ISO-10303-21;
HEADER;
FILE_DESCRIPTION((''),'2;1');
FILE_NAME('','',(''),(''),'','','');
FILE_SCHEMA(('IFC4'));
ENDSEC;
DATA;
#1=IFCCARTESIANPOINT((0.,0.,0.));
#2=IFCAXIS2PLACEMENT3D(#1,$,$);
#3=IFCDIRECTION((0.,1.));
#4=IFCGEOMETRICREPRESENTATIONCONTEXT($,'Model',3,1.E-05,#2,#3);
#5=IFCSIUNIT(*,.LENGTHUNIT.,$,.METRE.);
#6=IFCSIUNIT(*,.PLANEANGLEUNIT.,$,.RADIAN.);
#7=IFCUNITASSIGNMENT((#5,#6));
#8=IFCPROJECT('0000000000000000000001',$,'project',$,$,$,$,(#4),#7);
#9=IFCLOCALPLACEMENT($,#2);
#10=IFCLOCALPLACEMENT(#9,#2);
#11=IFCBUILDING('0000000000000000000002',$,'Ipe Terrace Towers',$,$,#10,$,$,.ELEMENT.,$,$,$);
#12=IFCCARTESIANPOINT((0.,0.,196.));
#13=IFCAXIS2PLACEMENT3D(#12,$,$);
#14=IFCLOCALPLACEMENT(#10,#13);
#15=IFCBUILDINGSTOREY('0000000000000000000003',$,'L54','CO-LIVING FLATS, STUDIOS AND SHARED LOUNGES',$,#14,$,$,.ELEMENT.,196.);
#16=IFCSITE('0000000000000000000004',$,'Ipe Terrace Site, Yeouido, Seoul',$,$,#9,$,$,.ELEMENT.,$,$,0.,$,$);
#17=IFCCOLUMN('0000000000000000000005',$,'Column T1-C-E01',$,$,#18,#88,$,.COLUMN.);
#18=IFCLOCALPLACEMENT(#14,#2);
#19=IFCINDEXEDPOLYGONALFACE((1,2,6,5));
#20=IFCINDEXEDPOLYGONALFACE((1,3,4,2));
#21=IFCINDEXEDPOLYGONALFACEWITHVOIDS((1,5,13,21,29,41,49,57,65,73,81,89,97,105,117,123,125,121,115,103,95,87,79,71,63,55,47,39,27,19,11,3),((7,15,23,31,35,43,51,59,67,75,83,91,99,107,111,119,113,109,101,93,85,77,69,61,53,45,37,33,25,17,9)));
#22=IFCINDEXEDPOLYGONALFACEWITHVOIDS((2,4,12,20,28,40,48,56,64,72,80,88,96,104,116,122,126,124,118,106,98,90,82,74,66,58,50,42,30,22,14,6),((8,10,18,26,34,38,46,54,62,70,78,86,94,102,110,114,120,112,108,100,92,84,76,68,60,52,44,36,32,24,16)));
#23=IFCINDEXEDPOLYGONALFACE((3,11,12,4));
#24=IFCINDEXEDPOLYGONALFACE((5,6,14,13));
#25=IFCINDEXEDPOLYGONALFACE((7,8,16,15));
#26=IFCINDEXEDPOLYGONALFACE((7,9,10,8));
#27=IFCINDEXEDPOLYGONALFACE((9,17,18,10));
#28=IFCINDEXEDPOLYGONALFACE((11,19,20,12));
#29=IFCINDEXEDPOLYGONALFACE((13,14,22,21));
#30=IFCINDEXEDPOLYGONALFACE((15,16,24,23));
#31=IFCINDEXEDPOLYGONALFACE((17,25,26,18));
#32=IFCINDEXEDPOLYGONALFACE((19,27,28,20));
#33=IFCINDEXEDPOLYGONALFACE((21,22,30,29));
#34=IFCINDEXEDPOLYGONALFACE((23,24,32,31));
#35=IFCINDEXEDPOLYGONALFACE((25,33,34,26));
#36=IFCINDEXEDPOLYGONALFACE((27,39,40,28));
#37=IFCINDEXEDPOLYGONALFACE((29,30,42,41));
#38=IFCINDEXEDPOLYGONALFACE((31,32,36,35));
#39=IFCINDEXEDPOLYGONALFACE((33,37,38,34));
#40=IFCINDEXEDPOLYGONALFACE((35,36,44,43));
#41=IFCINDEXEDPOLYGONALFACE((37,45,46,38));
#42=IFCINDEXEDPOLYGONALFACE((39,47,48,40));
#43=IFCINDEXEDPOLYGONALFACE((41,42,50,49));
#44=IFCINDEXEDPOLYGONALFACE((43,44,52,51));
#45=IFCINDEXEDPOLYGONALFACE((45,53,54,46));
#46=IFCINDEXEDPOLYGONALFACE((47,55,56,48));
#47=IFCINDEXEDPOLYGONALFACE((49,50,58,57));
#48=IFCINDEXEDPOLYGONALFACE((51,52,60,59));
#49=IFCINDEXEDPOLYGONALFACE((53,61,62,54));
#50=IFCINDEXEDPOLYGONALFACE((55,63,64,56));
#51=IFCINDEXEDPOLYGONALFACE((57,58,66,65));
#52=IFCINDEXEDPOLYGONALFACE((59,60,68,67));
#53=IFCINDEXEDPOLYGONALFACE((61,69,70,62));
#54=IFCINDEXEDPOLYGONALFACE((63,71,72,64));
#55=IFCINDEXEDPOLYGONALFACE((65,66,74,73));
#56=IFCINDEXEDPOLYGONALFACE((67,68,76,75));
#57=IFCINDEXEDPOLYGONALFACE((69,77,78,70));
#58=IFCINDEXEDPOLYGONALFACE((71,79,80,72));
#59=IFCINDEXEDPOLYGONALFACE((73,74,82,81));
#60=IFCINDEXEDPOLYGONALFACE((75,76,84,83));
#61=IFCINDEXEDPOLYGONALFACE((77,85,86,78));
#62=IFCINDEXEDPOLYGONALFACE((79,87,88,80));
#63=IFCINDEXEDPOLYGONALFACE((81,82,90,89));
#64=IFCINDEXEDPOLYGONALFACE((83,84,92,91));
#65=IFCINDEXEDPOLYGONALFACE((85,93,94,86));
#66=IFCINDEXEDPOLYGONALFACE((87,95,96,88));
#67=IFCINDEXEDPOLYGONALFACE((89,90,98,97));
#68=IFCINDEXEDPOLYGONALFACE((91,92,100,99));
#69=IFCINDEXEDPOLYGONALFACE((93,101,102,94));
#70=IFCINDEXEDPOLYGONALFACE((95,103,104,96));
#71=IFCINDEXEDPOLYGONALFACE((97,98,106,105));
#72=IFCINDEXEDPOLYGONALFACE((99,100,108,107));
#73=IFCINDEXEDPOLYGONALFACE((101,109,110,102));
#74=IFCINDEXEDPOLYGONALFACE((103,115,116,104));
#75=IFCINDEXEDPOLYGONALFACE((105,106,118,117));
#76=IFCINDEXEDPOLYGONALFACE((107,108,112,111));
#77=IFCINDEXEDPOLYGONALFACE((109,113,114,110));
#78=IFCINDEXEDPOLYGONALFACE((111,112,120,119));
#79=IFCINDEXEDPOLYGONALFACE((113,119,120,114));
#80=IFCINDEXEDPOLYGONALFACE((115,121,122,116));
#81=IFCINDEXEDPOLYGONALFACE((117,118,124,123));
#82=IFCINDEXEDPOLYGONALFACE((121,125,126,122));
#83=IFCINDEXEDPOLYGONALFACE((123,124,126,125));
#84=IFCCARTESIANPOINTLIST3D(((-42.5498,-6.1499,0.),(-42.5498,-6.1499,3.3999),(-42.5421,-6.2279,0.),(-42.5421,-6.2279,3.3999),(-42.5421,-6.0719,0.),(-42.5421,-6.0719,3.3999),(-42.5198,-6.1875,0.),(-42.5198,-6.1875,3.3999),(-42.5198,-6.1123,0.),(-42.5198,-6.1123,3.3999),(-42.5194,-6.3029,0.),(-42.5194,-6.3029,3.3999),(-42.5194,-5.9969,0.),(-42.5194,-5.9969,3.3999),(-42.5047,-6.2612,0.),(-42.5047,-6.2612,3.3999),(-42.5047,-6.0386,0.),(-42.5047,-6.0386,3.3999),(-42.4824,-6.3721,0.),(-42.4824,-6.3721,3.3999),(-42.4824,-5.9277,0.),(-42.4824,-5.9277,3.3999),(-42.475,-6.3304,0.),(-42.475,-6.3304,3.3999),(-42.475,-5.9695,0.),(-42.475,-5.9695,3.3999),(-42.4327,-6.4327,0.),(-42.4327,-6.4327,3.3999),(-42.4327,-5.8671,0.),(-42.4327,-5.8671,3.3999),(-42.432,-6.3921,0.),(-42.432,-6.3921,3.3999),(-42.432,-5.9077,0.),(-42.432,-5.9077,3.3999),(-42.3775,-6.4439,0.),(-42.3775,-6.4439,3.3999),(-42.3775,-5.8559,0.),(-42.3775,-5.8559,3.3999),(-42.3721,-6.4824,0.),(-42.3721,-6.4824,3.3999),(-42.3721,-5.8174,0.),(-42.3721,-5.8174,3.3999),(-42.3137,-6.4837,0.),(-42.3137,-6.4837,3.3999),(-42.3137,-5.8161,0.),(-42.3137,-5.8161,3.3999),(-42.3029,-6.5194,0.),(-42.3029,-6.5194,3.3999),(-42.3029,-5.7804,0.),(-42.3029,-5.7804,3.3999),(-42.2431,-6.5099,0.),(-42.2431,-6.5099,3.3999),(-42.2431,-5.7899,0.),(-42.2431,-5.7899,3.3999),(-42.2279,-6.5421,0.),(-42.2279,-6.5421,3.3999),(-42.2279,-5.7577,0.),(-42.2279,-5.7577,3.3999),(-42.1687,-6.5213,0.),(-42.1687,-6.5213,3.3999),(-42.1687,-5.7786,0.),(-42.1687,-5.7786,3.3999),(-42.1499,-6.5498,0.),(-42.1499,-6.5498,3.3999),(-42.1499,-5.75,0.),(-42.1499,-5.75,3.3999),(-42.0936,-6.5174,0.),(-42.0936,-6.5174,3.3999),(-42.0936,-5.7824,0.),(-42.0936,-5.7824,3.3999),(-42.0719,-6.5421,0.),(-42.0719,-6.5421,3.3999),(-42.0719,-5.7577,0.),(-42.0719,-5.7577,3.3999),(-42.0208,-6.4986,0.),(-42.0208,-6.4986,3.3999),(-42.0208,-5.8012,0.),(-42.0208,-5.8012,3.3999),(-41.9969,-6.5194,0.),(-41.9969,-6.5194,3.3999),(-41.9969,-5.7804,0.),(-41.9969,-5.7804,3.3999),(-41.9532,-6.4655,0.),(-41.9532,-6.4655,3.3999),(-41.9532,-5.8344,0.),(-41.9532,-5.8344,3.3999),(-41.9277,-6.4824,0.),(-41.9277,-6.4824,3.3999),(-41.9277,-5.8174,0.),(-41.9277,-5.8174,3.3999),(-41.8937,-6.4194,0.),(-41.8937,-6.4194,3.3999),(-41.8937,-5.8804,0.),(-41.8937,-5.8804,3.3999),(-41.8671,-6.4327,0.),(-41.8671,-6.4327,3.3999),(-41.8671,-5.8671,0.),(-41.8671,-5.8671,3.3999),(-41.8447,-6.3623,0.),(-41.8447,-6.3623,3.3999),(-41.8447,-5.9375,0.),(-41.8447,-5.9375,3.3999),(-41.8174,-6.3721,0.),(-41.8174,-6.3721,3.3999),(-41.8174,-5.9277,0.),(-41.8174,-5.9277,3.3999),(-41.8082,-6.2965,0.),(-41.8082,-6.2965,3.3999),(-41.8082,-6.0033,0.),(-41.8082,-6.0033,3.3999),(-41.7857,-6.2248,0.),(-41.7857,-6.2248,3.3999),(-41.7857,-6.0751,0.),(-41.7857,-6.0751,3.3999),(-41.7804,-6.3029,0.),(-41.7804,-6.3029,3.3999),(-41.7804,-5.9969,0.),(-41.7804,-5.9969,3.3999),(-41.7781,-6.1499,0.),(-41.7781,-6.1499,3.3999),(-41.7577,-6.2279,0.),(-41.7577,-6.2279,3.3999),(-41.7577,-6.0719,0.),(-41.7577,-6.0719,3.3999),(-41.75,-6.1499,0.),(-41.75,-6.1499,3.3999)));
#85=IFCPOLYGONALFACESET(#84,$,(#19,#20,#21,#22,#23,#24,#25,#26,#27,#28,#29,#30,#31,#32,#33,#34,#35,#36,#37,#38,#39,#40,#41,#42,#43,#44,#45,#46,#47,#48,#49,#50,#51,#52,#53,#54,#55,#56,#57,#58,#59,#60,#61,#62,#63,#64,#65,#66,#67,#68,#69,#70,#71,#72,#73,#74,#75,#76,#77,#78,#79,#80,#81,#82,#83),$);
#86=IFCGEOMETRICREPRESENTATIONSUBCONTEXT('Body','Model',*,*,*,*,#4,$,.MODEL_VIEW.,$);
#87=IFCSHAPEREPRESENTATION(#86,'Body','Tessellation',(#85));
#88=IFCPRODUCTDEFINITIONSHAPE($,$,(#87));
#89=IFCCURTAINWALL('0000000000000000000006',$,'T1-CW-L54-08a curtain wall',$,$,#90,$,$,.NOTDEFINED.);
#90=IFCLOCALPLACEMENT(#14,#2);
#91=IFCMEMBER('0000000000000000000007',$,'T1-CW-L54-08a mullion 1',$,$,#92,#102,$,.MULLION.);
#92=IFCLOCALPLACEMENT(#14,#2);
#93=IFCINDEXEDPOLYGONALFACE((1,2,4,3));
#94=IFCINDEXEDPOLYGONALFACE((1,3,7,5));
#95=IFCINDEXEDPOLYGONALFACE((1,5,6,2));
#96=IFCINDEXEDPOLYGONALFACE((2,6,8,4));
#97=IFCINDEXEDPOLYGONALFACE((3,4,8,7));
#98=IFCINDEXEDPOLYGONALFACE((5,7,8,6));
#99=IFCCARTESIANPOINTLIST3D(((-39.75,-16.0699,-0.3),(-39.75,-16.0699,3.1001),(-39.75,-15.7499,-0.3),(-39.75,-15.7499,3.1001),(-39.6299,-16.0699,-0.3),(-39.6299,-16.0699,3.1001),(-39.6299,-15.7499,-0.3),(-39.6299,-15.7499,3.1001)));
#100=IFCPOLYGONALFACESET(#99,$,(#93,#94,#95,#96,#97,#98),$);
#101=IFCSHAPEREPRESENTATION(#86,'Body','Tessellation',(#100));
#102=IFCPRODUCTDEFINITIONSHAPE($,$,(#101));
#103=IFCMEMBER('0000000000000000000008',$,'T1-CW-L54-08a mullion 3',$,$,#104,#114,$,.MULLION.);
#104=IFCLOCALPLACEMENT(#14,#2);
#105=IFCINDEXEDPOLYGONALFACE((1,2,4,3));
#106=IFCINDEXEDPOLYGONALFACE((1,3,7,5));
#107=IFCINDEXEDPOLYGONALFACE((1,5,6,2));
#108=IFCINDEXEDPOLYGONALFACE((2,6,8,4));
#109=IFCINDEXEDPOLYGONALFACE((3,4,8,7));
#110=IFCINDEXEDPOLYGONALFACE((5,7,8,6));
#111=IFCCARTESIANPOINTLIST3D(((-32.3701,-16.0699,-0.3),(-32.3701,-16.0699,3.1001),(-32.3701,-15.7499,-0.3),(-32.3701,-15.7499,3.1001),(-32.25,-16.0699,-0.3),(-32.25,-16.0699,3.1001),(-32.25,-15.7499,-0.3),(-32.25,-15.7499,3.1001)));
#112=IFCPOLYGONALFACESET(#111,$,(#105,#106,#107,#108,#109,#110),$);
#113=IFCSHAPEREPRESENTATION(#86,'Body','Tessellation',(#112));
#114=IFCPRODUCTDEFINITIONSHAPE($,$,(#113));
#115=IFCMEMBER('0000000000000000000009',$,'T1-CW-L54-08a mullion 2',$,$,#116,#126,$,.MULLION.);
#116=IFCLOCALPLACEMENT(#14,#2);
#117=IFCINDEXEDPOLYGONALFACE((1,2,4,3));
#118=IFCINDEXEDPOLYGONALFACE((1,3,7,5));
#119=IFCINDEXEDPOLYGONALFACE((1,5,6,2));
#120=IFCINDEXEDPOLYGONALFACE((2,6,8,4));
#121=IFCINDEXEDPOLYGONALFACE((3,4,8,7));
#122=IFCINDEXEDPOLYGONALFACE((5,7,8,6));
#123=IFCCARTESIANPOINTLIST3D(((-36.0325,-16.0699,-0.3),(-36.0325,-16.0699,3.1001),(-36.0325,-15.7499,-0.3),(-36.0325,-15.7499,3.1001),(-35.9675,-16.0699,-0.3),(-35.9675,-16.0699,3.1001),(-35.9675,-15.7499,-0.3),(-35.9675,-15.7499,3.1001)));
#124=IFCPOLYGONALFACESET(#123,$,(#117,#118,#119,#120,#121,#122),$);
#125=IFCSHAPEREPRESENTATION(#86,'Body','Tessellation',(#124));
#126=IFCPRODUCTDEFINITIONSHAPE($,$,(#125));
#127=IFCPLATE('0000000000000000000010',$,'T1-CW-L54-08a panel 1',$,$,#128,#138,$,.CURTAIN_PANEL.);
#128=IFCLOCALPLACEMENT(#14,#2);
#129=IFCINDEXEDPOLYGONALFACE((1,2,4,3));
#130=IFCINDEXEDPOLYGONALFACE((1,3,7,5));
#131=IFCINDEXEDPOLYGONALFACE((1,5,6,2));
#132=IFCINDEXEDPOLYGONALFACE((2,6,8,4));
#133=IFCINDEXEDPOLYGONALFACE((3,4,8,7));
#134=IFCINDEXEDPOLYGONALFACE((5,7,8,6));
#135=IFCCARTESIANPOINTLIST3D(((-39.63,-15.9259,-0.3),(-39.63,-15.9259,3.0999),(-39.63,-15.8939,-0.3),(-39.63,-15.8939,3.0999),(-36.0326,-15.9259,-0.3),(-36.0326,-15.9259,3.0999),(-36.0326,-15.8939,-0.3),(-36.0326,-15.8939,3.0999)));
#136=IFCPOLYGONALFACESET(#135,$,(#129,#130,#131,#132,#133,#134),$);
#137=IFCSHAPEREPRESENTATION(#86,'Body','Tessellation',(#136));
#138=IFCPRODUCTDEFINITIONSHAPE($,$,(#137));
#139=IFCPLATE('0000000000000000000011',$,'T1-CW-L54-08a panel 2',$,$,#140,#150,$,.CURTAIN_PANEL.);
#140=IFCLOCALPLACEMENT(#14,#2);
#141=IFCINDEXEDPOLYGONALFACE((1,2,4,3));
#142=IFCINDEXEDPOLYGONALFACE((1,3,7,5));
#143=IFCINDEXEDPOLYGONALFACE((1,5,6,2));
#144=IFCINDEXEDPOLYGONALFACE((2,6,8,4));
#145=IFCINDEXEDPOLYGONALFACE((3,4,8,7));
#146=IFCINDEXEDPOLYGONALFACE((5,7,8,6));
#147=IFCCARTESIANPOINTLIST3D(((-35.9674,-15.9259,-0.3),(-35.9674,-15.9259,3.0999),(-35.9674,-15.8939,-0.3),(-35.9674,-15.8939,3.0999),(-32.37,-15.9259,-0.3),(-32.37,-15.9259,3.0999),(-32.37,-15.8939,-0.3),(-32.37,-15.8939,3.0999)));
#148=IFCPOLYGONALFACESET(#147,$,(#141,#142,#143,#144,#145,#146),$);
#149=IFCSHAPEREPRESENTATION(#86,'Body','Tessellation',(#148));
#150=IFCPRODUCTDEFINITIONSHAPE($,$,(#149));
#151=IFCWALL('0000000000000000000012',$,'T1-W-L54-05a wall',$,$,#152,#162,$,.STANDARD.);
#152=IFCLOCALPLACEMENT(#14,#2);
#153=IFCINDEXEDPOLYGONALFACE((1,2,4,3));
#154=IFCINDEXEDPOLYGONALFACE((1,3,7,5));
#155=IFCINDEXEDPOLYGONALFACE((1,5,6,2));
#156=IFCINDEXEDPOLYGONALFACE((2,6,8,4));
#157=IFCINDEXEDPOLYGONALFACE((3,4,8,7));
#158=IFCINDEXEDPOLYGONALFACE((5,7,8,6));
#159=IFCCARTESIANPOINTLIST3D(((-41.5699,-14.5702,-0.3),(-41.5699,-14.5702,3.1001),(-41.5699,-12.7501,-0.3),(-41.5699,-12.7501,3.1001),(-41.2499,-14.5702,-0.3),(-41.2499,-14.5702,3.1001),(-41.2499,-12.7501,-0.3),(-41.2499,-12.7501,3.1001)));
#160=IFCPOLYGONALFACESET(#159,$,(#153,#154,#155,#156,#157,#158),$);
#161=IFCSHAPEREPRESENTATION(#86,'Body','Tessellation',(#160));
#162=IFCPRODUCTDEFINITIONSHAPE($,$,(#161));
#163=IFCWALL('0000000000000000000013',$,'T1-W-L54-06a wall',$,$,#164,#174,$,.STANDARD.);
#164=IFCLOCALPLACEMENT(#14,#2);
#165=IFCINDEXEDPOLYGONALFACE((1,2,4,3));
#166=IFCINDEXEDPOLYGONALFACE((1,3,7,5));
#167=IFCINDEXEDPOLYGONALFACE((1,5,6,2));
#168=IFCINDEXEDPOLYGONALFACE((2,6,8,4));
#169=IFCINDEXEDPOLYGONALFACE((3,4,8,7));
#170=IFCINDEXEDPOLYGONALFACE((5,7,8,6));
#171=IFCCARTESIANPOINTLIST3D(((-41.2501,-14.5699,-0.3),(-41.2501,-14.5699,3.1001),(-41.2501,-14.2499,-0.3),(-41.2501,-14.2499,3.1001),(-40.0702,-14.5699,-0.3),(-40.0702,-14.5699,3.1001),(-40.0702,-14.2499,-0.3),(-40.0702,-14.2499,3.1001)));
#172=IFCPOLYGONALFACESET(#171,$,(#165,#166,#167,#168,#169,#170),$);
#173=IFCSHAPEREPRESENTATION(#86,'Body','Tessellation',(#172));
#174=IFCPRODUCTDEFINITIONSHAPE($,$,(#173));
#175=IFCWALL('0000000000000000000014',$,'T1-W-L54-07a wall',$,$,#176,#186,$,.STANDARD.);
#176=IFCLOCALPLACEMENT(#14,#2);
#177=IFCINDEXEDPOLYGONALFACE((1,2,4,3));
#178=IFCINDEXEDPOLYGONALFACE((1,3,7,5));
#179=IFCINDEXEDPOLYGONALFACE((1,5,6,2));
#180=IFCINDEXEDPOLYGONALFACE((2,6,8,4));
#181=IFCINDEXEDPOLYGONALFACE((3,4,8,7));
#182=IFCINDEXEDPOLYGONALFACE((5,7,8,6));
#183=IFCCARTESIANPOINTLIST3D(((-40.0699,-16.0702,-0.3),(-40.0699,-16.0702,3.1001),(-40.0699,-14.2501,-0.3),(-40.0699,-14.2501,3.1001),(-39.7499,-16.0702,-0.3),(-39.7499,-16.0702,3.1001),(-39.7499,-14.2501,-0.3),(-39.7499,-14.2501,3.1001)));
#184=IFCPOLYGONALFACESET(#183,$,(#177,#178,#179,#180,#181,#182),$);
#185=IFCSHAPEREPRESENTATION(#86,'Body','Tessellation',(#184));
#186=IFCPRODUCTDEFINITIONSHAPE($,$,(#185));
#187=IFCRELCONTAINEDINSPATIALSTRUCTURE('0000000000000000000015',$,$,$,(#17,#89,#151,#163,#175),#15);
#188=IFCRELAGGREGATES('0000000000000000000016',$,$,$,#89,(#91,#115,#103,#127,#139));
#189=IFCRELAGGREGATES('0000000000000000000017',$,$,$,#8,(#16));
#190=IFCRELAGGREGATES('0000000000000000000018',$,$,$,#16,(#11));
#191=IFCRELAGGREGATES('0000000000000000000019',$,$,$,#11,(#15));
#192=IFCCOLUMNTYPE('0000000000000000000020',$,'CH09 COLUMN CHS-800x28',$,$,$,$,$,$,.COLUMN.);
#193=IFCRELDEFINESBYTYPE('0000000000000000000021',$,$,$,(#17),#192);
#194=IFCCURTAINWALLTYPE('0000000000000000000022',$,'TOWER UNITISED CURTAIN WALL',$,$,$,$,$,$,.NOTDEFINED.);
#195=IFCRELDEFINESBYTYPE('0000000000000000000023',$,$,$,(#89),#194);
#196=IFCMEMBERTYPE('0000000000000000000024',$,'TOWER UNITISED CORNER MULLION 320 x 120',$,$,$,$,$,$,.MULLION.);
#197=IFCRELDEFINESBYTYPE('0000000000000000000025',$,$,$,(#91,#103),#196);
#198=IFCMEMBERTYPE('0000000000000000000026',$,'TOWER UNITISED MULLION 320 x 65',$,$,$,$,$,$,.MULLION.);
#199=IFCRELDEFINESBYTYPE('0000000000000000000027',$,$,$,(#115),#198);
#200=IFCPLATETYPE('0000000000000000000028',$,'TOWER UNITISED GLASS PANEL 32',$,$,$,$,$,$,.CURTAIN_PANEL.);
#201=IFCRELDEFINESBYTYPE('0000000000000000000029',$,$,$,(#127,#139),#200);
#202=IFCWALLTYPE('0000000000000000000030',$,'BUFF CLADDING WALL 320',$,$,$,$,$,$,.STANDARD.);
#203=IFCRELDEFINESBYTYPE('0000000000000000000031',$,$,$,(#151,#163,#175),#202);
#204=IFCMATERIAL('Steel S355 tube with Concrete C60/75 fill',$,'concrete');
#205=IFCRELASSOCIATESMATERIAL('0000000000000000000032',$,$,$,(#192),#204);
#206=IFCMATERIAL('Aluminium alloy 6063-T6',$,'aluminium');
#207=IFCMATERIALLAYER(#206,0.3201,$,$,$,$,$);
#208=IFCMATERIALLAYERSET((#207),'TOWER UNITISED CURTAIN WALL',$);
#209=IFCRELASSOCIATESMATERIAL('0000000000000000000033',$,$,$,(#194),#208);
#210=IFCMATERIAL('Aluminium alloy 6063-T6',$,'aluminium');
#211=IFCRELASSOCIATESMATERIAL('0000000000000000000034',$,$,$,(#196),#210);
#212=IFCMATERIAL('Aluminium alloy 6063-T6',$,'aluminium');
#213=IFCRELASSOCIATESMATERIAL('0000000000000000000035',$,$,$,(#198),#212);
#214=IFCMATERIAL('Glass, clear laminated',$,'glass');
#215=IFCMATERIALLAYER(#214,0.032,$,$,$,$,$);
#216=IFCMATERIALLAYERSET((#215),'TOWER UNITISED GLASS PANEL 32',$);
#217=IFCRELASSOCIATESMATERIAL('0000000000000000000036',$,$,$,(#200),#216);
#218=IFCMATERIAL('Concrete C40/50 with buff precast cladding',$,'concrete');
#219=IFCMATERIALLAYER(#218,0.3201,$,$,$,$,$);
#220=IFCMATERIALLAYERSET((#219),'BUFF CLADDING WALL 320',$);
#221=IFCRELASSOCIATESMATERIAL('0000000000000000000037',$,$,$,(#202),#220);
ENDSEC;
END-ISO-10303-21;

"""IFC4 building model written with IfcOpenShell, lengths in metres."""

from ifc_helpers import new_model, si_unit, direction, frame, frame_2d, origin, origin_2d, place, context, subcontext, project, spatial, rectangle, hollow_circle, extrude, material, layer, layer_set, material_profile, profile_set, type_object, element, aggregate, save


model = new_model("IFC4")

# Units and contexts
model_context = context("Model", 3, precision=1e-05, world=origin(), true_north=direction((0.0, 1.0)))
body_context = subcontext(model_context, "Body", "Model", "MODEL_VIEW")
ifc_project = project(units=[si_unit("LENGTHUNIT", "METRE"), si_unit("PLANEANGLEUNIT", "RADIAN")], contexts=[model_context])

# Site, building, storey
site_placement = place(None, origin())
site = spatial("IfcSite", under=ifc_project, at=site_placement, Name="Ipe Terrace Site, Yeouido, Seoul", CompositionType="ELEMENT", RefElevation=0.0)
building_placement = place(site_placement, origin())
building = spatial("IfcBuilding", under=site, at=building_placement, Name="Ipe Terrace Towers", CompositionType="ELEMENT")
storey_placement = place(building_placement, frame((0.0, 0.0, 196.0)))
storey = spatial("IfcBuildingStorey", under=building, at=storey_placement, Name="L54", Description="CO-LIVING FLATS, STUDIOS AND SHARED LOUNGES", CompositionType="ELEMENT", Elevation=196.0)

# Column
ifc_material_1 = material(Name="Steel S355 tube with Concrete C60/75 fill", Category="concrete")
ifc_material_profile_1 = material_profile(ifc_material_1, hollow_circle(Radius=0.3999, WallThickness=0.0281, at=origin_2d()), Name="CHS-800x28")
ifc_profile_set_1 = profile_set([ifc_material_profile_1], Name="Steel S355 tube with Concrete C60/75 fill")
column_type = type_object("IfcColumnType", Name="CH09 COLUMN CHS-800x28", PredefinedType="COLUMN", material=ifc_profile_set_1)
column_placement = place(storey_placement, frame((-42.1499, -6.1499, 0.0), z_axis=(0.0, 0.0, 1.0), x_axis=(1.0, 0.0, 0.0)))
element("IfcColumn", 1, at=column_placement, inside=storey, type_object=column_type, Name="Column T1-C-E01", PredefinedType="COLUMN", context=body_context, shape_type="SweptSolid", body=[
    extrude(hollow_circle(Radius=0.3999, WallThickness=0.0281, at=origin_2d()), origin(), (0.0, 0.0, 1.0), 3.3999),
])

# Curtain wall, members, plates
ifc_material_2 = material(Name="Aluminium alloy 6063-T6", Category="aluminium")
ifc_layer_1 = layer(ifc_material_2, 0.3201)
ifc_layer_set_1 = layer_set([ifc_layer_1], Name="TOWER UNITISED CURTAIN WALL")
curtain_wall_type = type_object("IfcCurtainWallType", Name="TOWER UNITISED CURTAIN WALL", PredefinedType="NOTDEFINED", material=ifc_layer_set_1)
curtain_wall_placement = place(storey_placement, origin())
curtain_wall = element("IfcCurtainWall", 2, at=curtain_wall_placement, inside=storey, type_object=curtain_wall_type, Name="T1-CW-L54-08a curtain wall", PredefinedType="NOTDEFINED")
ifc_material_3 = material(Name="Aluminium alloy 6063-T6", Category="aluminium")
ifc_material_profile_2 = material_profile(ifc_material_3, rectangle(XDim=0.3201, YDim=0.1201, at=origin_2d()), Name="TOWER UNITISED CORNER MULLION 320 x 120")
ifc_profile_set_2 = profile_set([ifc_material_profile_2], Name="Aluminium alloy 6063-T6")
member_type_1 = type_object("IfcMemberType", Name="TOWER UNITISED CORNER MULLION 320 x 120", PredefinedType="MULLION", material=ifc_profile_set_2)
member_1_placement = place(storey_placement, frame((-39.6899, -15.9099, -0.3), z_axis=(0.0, 0.0, 1.0), x_axis=(0.0, -1.0, 0.0)))
member_1 = element("IfcMember", 3, at=member_1_placement, type_object=member_type_1, Name="T1-CW-L54-08a mullion 1", PredefinedType="MULLION", context=body_context, shape_type="SweptSolid", body=[
    extrude(rectangle(XDim=0.3201, YDim=0.1201, at=origin_2d()), origin(), (0.0, 0.0, 1.0), 3.4001),
])
member_2_placement = place(storey_placement, frame((-32.3101, -15.9099, -0.3), z_axis=(0.0, 0.0, 1.0), x_axis=(0.0, -1.0, 0.0)))
member_2 = element("IfcMember", 4, at=member_2_placement, type_object=member_type_1, Name="T1-CW-L54-08a mullion 3", PredefinedType="MULLION", context=body_context, shape_type="SweptSolid", body=[
    extrude(rectangle(XDim=0.3201, YDim=0.1201, at=origin_2d()), origin(), (0.0, 0.0, 1.0), 3.4001),
])
ifc_material_4 = material(Name="Aluminium alloy 6063-T6", Category="aluminium")
ifc_material_profile_3 = material_profile(ifc_material_4, rectangle(XDim=0.3201, YDim=0.0649, at=origin_2d()), Name="TOWER UNITISED MULLION 320 x 65")
ifc_profile_set_3 = profile_set([ifc_material_profile_3], Name="Aluminium alloy 6063-T6")
member_type_2 = type_object("IfcMemberType", Name="TOWER UNITISED MULLION 320 x 65", PredefinedType="MULLION", material=ifc_profile_set_3)
member_3_placement = place(storey_placement, frame((-36.0, -15.9099, -0.3), z_axis=(0.0, 0.0, 1.0), x_axis=(0.0, -1.0, 0.0)))
member_3 = element("IfcMember", 5, at=member_3_placement, type_object=member_type_2, Name="T1-CW-L54-08a mullion 2", PredefinedType="MULLION", context=body_context, shape_type="SweptSolid", body=[
    extrude(rectangle(XDim=0.3201, YDim=0.0649, at=origin_2d()), origin(), (0.0, 0.0, 1.0), 3.4001),
])
ifc_material_5 = material(Name="Glass, clear laminated", Category="glass")
ifc_layer_2 = layer(ifc_material_5, 0.032)
ifc_layer_set_2 = layer_set([ifc_layer_2], Name="TOWER UNITISED GLASS PANEL 32")
plate_type = type_object("IfcPlateType", Name="TOWER UNITISED GLASS PANEL 32", PredefinedType="CURTAIN_PANEL", material=ifc_layer_set_2)
plate_1_placement = place(storey_placement, frame((-37.8313, -15.9099, -0.3), z_axis=(0.0, 0.0, 1.0), x_axis=(1.0, 0.0, 0.0)))
plate_1 = element("IfcPlate", 6, at=plate_1_placement, type_object=plate_type, Name="T1-CW-L54-08a panel 1", PredefinedType="CURTAIN_PANEL", context=body_context, shape_type="SweptSolid", body=[
    extrude(rectangle(XDim=3.5974, YDim=0.032, at=origin_2d()), origin(), (0.0, 0.0, 1.0), 3.3999),
])
plate_2_placement = place(storey_placement, frame((-34.1687, -15.9099, -0.3), z_axis=(0.0, 0.0, 1.0), x_axis=(1.0, 0.0, 0.0)))
plate_2 = element("IfcPlate", 7, at=plate_2_placement, type_object=plate_type, Name="T1-CW-L54-08a panel 2", PredefinedType="CURTAIN_PANEL", context=body_context, shape_type="SweptSolid", body=[
    extrude(rectangle(XDim=3.5974, YDim=0.032, at=origin_2d()), origin(), (0.0, 0.0, 1.0), 3.3999),
])
aggregate(curtain_wall, [member_1, member_3, member_2, plate_1, plate_2])

# Walls
ifc_material_6 = material(Name="Concrete C40/50 with buff precast cladding", Category="concrete")
ifc_layer_3 = layer(ifc_material_6, 0.3201)
ifc_layer_set_3 = layer_set([ifc_layer_3], Name="BUFF CLADDING WALL 320")
wall_type_1 = type_object("IfcWallType", Name="BUFF CLADDING WALL 320", PredefinedType="STANDARD", material=ifc_layer_set_3)
wall_1_placement = place(storey_placement, frame((-41.4099, -12.75, -0.3), z_axis=(0.0, 0.0, 1.0), x_axis=(0.0, -1.0, 0.0)))
element("IfcWall", 8, at=wall_1_placement, inside=storey, type_object=wall_type_1, Name="T1-W-L54-05a wall", PredefinedType="STANDARD", context=body_context, shape_type="SweptSolid", body=[
    extrude(rectangle(XDim=1.8201, YDim=0.3201, at=frame_2d((0.9102, 0.0))), origin(), (0.0, 0.0, 1.0), 3.4001),
])
wall_2_placement = place(storey_placement, frame((-41.25, -14.4099, -0.3), z_axis=(0.0, 0.0, 1.0), x_axis=(1.0, 0.0, 0.0)))
element("IfcWall", 9, at=wall_2_placement, inside=storey, type_object=wall_type_1, Name="T1-W-L54-06a wall", PredefinedType="STANDARD", context=body_context, shape_type="SweptSolid", body=[
    extrude(rectangle(XDim=1.1799, YDim=0.3201, at=frame_2d((0.5898, 0.0))), origin(), (0.0, 0.0, 1.0), 3.4001),
])
wall_3_placement = place(storey_placement, frame((-39.9099, -14.25, -0.3), z_axis=(0.0, 0.0, 1.0), x_axis=(0.0, -1.0, 0.0)))
element("IfcWall", 10, at=wall_3_placement, inside=storey, type_object=wall_type_1, Name="T1-W-L54-07a wall", PredefinedType="STANDARD", context=body_context, shape_type="SweptSolid", body=[
    extrude(rectangle(XDim=1.8201, YDim=0.3201, at=frame_2d((0.9102, 0.0))), origin(), (0.0, 0.0, 1.0), 3.4001),
])

save(model, "model.ifc")
